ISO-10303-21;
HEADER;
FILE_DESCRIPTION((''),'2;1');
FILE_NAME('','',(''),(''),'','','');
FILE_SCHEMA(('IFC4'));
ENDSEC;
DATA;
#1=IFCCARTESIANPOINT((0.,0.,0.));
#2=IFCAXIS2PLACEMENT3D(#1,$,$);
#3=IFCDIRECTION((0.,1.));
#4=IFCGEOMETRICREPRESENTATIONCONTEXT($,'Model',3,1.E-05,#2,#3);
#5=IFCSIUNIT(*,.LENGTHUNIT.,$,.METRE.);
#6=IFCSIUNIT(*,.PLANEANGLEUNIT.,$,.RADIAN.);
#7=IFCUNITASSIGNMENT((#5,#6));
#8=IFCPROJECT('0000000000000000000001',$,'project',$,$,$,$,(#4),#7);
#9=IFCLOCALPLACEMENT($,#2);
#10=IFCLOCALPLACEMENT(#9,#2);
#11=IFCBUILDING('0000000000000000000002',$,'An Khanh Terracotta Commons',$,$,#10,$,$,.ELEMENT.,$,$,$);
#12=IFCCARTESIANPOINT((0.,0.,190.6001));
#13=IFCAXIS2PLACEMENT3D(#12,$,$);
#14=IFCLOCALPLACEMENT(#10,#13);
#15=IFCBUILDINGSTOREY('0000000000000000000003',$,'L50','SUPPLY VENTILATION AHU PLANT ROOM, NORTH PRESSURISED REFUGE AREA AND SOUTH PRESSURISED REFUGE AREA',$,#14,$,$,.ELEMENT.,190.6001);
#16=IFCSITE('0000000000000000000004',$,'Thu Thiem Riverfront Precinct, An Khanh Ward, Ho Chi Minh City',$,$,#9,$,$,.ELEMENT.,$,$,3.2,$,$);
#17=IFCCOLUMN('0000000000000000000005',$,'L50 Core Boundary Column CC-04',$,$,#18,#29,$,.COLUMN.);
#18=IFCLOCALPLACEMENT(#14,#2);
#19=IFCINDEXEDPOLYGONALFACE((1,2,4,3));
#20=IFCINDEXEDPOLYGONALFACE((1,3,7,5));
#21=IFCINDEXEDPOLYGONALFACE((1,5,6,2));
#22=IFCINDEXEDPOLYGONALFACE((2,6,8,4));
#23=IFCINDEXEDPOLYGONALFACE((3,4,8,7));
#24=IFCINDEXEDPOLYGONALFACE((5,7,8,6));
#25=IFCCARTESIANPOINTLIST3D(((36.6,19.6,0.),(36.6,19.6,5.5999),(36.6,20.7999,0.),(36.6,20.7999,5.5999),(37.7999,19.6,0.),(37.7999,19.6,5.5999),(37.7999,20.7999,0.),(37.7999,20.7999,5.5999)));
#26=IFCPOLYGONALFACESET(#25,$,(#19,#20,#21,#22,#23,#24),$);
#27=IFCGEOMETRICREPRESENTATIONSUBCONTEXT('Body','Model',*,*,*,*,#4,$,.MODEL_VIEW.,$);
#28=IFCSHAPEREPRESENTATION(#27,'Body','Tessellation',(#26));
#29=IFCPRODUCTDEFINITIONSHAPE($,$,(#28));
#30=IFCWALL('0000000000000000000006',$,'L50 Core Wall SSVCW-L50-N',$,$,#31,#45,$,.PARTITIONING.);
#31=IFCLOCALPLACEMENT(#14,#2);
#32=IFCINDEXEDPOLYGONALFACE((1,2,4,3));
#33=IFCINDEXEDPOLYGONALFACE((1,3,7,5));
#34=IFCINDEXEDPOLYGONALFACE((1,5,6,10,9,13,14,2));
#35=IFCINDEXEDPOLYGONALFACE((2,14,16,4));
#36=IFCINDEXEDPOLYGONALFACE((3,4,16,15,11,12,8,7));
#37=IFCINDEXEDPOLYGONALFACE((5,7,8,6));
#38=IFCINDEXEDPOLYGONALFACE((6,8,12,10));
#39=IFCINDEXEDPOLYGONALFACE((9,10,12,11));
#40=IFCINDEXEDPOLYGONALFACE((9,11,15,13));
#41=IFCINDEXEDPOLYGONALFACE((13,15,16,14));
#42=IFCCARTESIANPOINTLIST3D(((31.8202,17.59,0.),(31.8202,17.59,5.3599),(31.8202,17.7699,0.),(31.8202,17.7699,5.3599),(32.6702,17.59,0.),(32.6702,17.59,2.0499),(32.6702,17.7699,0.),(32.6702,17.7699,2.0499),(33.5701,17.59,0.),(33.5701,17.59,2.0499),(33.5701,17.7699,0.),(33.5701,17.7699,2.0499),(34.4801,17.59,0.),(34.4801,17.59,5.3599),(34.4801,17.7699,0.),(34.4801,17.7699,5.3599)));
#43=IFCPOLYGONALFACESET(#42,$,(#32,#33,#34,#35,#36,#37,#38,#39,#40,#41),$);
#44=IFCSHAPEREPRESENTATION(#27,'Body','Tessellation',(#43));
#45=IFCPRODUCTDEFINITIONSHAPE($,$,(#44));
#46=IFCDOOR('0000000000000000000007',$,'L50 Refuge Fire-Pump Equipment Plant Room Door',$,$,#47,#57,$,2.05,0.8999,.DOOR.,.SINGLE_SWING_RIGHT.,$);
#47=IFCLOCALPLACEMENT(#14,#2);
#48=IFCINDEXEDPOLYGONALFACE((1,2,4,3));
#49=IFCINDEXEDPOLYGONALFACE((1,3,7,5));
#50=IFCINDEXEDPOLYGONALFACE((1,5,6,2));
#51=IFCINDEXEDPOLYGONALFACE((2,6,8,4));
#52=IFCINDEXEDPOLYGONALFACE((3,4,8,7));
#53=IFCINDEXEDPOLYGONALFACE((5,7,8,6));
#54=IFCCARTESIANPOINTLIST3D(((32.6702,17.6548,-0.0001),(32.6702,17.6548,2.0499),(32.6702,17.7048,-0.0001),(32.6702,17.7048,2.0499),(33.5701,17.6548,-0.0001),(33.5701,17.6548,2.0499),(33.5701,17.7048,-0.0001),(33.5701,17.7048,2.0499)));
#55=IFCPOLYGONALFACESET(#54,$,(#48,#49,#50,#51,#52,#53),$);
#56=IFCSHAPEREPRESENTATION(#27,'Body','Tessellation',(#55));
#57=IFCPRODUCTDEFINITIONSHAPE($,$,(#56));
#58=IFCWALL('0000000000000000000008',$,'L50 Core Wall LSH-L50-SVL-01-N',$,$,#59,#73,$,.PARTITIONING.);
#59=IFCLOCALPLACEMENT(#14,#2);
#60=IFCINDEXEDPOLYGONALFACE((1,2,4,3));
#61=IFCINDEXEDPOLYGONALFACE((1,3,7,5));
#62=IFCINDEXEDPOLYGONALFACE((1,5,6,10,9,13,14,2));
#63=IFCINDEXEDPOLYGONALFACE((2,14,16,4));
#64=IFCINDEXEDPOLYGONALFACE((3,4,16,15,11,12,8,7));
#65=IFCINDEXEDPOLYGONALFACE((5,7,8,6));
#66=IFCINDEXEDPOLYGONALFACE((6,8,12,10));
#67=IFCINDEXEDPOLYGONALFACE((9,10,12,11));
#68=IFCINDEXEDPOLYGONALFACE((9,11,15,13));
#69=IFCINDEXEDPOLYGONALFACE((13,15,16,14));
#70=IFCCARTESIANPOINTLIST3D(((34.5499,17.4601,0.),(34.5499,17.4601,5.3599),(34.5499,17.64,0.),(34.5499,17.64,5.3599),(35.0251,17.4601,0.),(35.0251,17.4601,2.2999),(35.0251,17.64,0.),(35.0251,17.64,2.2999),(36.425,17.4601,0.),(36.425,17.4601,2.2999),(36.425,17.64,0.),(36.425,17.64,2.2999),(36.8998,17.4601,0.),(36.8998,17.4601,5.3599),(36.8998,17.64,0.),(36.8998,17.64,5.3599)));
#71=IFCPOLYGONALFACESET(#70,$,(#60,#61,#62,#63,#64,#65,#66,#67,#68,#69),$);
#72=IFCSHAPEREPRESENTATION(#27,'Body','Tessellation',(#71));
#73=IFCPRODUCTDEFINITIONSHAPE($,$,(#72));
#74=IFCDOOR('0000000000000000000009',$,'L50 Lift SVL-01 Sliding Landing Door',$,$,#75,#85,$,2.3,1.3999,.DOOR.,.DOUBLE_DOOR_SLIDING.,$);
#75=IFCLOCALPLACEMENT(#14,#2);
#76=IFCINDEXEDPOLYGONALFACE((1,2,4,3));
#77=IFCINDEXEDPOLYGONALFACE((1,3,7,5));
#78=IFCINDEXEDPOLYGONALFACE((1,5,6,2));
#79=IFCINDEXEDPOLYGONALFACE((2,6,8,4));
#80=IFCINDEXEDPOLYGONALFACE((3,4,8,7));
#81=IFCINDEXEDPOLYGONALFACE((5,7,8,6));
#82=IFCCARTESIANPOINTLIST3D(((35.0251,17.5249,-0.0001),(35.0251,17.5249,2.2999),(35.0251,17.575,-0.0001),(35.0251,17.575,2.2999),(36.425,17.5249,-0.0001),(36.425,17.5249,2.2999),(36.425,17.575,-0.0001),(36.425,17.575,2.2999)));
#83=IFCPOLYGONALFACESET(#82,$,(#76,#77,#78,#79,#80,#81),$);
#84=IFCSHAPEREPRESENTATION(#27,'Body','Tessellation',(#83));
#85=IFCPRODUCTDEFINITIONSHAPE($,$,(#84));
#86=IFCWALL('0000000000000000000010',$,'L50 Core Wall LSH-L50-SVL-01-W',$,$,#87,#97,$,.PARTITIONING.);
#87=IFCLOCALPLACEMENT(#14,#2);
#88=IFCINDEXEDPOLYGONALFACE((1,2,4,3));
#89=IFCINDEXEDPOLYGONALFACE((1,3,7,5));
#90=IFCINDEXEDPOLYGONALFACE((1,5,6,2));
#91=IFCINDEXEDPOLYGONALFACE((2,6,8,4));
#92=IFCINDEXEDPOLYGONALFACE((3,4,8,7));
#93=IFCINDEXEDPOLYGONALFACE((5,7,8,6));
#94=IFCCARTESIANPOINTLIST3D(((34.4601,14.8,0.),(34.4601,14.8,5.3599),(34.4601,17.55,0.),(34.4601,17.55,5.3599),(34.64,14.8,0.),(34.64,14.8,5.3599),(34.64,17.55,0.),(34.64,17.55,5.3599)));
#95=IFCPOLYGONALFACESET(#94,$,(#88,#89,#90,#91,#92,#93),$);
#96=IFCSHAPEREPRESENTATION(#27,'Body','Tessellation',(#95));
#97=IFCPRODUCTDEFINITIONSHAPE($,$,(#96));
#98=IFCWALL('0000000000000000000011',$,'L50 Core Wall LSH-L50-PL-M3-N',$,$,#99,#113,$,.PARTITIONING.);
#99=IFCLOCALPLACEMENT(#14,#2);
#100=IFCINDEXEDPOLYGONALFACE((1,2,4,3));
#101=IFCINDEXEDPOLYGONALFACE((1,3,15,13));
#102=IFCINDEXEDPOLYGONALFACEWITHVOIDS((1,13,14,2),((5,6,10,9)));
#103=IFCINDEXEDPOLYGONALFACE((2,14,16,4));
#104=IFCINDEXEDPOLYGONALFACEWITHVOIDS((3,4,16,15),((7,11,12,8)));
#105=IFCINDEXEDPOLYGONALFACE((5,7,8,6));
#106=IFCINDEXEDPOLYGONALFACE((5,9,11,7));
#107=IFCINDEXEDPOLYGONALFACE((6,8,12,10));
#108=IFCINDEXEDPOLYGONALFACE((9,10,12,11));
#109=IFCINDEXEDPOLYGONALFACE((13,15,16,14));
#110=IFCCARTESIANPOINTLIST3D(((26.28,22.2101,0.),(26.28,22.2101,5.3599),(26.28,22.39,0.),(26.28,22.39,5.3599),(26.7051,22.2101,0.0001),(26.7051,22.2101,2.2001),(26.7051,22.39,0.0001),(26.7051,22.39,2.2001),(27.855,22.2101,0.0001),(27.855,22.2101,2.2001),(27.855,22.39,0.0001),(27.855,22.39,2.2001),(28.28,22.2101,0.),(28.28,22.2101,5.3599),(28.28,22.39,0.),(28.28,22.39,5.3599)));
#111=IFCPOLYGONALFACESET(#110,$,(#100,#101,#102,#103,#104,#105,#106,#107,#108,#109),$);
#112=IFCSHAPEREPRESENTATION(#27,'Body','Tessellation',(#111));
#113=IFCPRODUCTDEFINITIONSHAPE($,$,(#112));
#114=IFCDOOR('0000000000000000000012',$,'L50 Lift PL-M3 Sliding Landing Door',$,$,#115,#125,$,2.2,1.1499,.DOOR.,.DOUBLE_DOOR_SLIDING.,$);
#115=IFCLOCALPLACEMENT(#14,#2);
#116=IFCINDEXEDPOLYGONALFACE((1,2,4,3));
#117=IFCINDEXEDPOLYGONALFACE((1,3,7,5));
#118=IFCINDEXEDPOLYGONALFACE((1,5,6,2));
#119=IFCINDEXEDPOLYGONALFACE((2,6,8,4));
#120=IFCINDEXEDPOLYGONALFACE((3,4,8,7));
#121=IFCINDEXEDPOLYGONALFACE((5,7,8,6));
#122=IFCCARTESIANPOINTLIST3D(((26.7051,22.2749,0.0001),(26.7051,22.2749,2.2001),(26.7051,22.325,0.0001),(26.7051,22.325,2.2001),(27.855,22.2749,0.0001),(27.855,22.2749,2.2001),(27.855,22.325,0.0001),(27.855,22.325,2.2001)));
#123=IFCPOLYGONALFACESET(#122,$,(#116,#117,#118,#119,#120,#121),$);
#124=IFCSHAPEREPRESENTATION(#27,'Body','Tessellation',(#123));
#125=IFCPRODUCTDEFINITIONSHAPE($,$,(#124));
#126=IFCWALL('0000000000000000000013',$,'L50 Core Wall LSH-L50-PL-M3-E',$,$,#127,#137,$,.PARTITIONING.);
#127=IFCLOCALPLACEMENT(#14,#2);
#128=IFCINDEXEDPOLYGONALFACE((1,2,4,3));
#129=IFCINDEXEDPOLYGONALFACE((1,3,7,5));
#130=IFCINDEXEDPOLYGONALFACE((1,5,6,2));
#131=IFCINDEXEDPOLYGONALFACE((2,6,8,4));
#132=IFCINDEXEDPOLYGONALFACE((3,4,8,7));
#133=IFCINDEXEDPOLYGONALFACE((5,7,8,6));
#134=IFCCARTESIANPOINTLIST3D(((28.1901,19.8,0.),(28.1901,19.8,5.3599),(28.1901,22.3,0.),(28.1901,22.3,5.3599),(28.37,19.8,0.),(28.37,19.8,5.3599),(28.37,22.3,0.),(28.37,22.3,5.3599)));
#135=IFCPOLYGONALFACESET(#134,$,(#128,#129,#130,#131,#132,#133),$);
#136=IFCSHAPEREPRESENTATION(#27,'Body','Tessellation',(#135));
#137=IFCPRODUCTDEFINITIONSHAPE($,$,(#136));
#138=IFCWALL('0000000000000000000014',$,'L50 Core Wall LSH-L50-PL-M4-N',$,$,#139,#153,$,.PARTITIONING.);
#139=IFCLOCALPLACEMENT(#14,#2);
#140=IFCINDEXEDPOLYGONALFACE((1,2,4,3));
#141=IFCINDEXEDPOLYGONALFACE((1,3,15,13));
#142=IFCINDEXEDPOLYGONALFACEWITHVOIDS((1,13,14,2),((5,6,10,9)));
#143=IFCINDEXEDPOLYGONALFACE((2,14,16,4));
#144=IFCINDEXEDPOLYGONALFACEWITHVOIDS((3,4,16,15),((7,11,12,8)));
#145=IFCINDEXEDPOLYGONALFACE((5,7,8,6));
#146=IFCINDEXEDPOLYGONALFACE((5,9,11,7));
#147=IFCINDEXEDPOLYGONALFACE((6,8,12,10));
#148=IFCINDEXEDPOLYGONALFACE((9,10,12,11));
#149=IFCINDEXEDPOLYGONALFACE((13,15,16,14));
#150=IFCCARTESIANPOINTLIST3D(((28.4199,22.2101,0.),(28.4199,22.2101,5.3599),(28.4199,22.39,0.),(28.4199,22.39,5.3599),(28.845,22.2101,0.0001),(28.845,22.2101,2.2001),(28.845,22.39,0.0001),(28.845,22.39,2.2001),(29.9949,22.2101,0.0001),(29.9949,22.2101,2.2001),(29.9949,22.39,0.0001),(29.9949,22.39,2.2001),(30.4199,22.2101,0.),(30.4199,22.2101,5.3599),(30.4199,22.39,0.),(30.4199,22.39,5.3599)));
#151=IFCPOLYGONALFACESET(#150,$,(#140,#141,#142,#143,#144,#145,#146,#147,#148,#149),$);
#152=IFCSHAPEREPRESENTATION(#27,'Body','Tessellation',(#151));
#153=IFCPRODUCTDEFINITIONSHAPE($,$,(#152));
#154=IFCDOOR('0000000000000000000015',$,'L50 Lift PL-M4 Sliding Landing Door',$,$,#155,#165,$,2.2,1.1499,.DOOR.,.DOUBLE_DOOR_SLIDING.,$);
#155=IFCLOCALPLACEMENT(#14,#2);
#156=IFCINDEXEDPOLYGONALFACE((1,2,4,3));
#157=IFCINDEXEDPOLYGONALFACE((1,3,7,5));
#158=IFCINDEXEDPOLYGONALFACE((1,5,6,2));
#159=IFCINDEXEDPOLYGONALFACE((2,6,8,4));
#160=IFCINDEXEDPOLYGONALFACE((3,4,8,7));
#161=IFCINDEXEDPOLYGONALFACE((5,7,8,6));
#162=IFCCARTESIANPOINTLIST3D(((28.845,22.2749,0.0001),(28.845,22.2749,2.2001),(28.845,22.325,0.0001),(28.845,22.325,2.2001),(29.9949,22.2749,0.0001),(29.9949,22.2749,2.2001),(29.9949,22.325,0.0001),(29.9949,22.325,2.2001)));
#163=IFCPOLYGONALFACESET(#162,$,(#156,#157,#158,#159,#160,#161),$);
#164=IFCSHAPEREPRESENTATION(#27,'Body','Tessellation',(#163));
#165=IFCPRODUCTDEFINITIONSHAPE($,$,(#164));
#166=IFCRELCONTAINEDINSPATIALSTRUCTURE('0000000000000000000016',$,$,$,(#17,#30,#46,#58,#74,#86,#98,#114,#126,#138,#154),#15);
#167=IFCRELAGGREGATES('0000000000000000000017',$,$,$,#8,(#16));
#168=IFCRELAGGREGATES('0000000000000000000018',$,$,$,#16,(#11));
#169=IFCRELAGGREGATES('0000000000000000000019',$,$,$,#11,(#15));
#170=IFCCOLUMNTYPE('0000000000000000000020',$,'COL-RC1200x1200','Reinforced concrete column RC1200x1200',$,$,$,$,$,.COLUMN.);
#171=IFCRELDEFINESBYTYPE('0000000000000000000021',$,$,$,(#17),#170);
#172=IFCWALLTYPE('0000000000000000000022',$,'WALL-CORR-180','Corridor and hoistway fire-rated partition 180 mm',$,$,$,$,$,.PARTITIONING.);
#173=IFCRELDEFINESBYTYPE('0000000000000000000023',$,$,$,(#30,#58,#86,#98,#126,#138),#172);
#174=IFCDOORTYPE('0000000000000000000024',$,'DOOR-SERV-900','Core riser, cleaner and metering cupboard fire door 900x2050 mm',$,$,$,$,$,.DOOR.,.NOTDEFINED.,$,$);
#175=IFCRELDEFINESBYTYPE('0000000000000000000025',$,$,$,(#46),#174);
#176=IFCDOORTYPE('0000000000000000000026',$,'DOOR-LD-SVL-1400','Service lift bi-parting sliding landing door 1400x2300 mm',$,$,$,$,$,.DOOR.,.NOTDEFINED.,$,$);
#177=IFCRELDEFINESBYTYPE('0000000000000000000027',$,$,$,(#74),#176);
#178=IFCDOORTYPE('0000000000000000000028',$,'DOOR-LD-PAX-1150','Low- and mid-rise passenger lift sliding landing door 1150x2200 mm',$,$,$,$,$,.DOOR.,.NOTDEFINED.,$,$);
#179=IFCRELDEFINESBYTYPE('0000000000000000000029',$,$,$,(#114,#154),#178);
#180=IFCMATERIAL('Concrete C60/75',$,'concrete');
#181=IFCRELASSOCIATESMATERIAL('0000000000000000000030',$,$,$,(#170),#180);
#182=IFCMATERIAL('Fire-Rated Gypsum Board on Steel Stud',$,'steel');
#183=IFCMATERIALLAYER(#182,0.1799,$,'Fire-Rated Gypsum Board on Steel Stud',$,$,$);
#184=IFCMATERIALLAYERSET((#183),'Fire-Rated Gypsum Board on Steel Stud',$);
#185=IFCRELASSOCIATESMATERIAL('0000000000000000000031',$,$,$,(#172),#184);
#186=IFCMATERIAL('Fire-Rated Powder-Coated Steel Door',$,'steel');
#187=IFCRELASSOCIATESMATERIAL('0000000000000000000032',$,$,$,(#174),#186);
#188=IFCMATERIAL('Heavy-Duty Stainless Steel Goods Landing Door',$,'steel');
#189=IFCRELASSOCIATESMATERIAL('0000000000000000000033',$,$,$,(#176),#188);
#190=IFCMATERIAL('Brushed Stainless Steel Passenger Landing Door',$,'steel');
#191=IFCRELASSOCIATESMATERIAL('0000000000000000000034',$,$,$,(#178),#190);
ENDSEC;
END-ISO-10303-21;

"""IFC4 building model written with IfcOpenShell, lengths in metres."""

from ifc_helpers import new_model, si_unit, direction, frame, frame_2d, origin, origin_2d, place, context, subcontext, project, spatial, rectangle, extrude, material, layer, layer_set, material_profile, profile_set, type_object, element, fill, save


model = new_model("IFC4")

# Units and contexts
model_context = context("Model", 3, precision=1e-05, world=origin(), true_north=direction((0.0, 1.0)))
body_context = subcontext(model_context, "Body", "Model", "MODEL_VIEW")
ifc_project = project(units=[si_unit("LENGTHUNIT", "METRE"), si_unit("PLANEANGLEUNIT", "RADIAN")], contexts=[model_context])

# Site, building, storey
site_placement = place(None, origin())
site = spatial("IfcSite", under=ifc_project, at=site_placement, Name="Thu Thiem Riverfront Precinct, An Khanh Ward, Ho Chi Minh City", CompositionType="ELEMENT", RefElevation=3.2)
building_placement = place(site_placement, origin())
building = spatial("IfcBuilding", under=site, at=building_placement, Name="An Khanh Terracotta Commons", CompositionType="ELEMENT")
storey_placement = place(building_placement, frame((0.0, 0.0, 190.6001)))
storey = spatial("IfcBuildingStorey", under=building, at=storey_placement, Name="L50", Description="SUPPLY VENTILATION AHU PLANT ROOM, NORTH PRESSURISED REFUGE AREA AND SOUTH PRESSURISED REFUGE AREA", CompositionType="ELEMENT", Elevation=190.6001)

# Column
ifc_material_1 = material(Name="Concrete C60/75", Category="concrete")
ifc_material_profile = material_profile(ifc_material_1, rectangle(XDim=1.2, YDim=1.2, at=origin_2d()), Name="RC1200x1200")
ifc_profile_set = profile_set([ifc_material_profile], Name="Concrete C60/75")
column_type = type_object("IfcColumnType", Name="COL-RC1200x1200", Description="Reinforced concrete column RC1200x1200", PredefinedType="COLUMN", material=ifc_profile_set)
column_placement = place(storey_placement, frame((37.2, 20.2, 0.0), z_axis=(0.0, 0.0, 1.0), x_axis=(1.0, 0.0, 0.0)))
element("IfcColumn", 1, at=column_placement, inside=storey, type_object=column_type, Name="L50 Core Boundary Column CC-04", PredefinedType="COLUMN", context=body_context, shape_type="SweptSolid", body=[
    extrude(rectangle(XDim=1.2, YDim=1.2, at=origin_2d()), origin(), (0.0, 0.0, 1.0), 5.5999),
])

# Walls, openings, doors
ifc_material_2 = material(Name="Fire-Rated Gypsum Board on Steel Stud", Category="steel")
ifc_layer_1 = layer(ifc_material_2, 0.1799, Name="Fire-Rated Gypsum Board on Steel Stud")
ifc_layer_set_1 = layer_set([ifc_layer_1], Name="Fire-Rated Gypsum Board on Steel Stud")
wall_type_1 = type_object("IfcWallType", Name="WALL-CORR-180", Description="Corridor and hoistway fire-rated partition 180 mm", PredefinedType="PARTITIONING", material=ifc_layer_set_1)
wall_1_placement = place(storey_placement, frame((31.8201, 17.6799, 0.0), z_axis=(0.0, 0.0, 1.0), x_axis=(1.0, 0.0, 0.0)))
wall_1 = element("IfcWall", 2, at=wall_1_placement, inside=storey, type_object=wall_type_1, Name="L50 Core Wall SSVCW-L50-N", PredefinedType="PARTITIONING", context=body_context, shape_type="SweptSolid", body=[
    extrude(rectangle(XDim=2.6599, YDim=0.1799, at=frame_2d((1.3301, 0.0))), origin(), (0.0, 0.0, 1.0), 5.3599),
])
opening_1_placement = place(wall_1_placement, frame((0.8501, 0.0, 0.0)))
opening_1 = element("IfcOpeningElement", 3, at=opening_1_placement, cuts=wall_1, PredefinedType="OPENING", context=body_context, shape_type="SweptSolid", body=[
    extrude(rectangle(XDim=0.8999, YDim=2.05, at=frame_2d((0.45, 1.0249))), frame((0.0, 0.0999, 0.0), z_axis=(0.0, -1.0, 0.0), x_axis=(1.0, 0.0, 0.0)), (0.0, 0.0, 1.0), 0.2),
])
ifc_material_3 = material(Name="Fire-Rated Powder-Coated Steel Door", Category="steel")
door_type_1 = type_object("IfcDoorType", Name="DOOR-SERV-900", Description="Core riser, cleaner and metering cupboard fire door 900x2050 mm", OperationType="NOTDEFINED", PredefinedType="DOOR", material=ifc_material_3)
door_1_placement = place(opening_1_placement, origin())
door_1 = element("IfcDoor", 4, at=door_1_placement, inside=storey, type_object=door_type_1, Name="L50 Refuge Fire-Pump Equipment Plant Room Door", OperationType="SINGLE_SWING_RIGHT", OverallHeight=2.05, OverallWidth=0.8999, PredefinedType="DOOR", context=body_context, shape_type="SweptSolid", body=[
    extrude(rectangle(XDim=0.8999, YDim=2.05, at=frame_2d((0.45, 1.0249))), frame((0.0, 0.0249, 0.0), z_axis=(0.0, -1.0, 0.0), x_axis=(1.0, 0.0, 0.0)), (0.0, 0.0, 1.0), 0.05),
])
fill(opening_1, door_1)
wall_2_placement = place(storey_placement, frame((34.55, 17.55, 0.0), z_axis=(0.0, 0.0, 1.0), x_axis=(1.0, 0.0, 0.0)))
wall_2 = element("IfcWall", 5, at=wall_2_placement, inside=storey, type_object=wall_type_1, Name="L50 Core Wall LSH-L50-SVL-01-N", PredefinedType="PARTITIONING", context=body_context, shape_type="SweptSolid", body=[
    extrude(rectangle(XDim=2.3499, YDim=0.1799, at=frame_2d((1.1748, 0.0))), origin(), (0.0, 0.0, 1.0), 5.3599),
])
opening_2_placement = place(wall_2_placement, frame((0.4751, 0.0, 0.0)))
opening_2 = element("IfcOpeningElement", 6, at=opening_2_placement, cuts=wall_2, PredefinedType="OPENING", context=body_context, shape_type="SweptSolid", body=[
    extrude(rectangle(XDim=1.3999, YDim=2.3, at=frame_2d((0.7, 1.1499))), frame((0.0, 0.0999, 0.0), z_axis=(0.0, -1.0, 0.0), x_axis=(1.0, 0.0, 0.0)), (0.0, 0.0, 1.0), 0.2),
])
ifc_material_4 = material(Name="Heavy-Duty Stainless Steel Goods Landing Door", Category="steel")
door_type_2 = type_object("IfcDoorType", Name="DOOR-LD-SVL-1400", Description="Service lift bi-parting sliding landing door 1400x2300 mm", OperationType="NOTDEFINED", PredefinedType="DOOR", material=ifc_material_4)
door_2_placement = place(opening_2_placement, origin())
door_2 = element("IfcDoor", 7, at=door_2_placement, inside=storey, type_object=door_type_2, Name="L50 Lift SVL-01 Sliding Landing Door", OperationType="DOUBLE_DOOR_SLIDING", OverallHeight=2.3, OverallWidth=1.3999, PredefinedType="DOOR", context=body_context, shape_type="SweptSolid", body=[
    extrude(rectangle(XDim=1.3999, YDim=2.3, at=frame_2d((0.7, 1.1499))), frame((0.0, 0.0249, 0.0), z_axis=(0.0, -1.0, 0.0), x_axis=(1.0, 0.0, 0.0)), (0.0, 0.0, 1.0), 0.05),
])
fill(opening_2, door_2)

# Wall
wall_3_placement = place(storey_placement, frame((34.55, 17.55, 0.0), z_axis=(0.0, 0.0, 1.0), x_axis=(0.0, -1.0, 0.0)))
element("IfcWall", 8, at=wall_3_placement, inside=storey, type_object=wall_type_1, Name="L50 Core Wall LSH-L50-SVL-01-W", PredefinedType="PARTITIONING", context=body_context, shape_type="SweptSolid", body=[
    extrude(rectangle(XDim=2.75, YDim=0.1799, at=frame_2d((1.375, 0.0))), origin(), (0.0, 0.0, 1.0), 5.3599),
])

# Wall, opening, door
wall_4_placement = place(storey_placement, frame((26.28, 22.3, 0.0), z_axis=(0.0, 0.0, 1.0), x_axis=(1.0, 0.0, 0.0)))
wall_4 = element("IfcWall", 9, at=wall_4_placement, inside=storey, type_object=wall_type_1, Name="L50 Core Wall LSH-L50-PL-M3-N", PredefinedType="PARTITIONING", context=body_context, shape_type="SweptSolid", body=[
    extrude(rectangle(XDim=2.0, YDim=0.1799, at=frame_2d((1.0, 0.0))), origin(), (0.0, 0.0, 1.0), 5.3599),
])
opening_3_placement = place(wall_4_placement, frame((0.425, 0.0, 0.0)))
opening_3 = element("IfcOpeningElement", 10, at=opening_3_placement, cuts=wall_4, PredefinedType="OPENING", context=body_context, shape_type="SweptSolid", body=[
    extrude(rectangle(XDim=1.1499, YDim=2.2, at=frame_2d((0.575, 1.1001))), frame((0.0, 0.0999, 0.0), z_axis=(0.0, -1.0, 0.0), x_axis=(1.0, 0.0, 0.0)), (0.0, 0.0, 1.0), 0.2),
])
ifc_material_5 = material(Name="Brushed Stainless Steel Passenger Landing Door", Category="steel")
door_type_3 = type_object("IfcDoorType", Name="DOOR-LD-PAX-1150", Description="Low- and mid-rise passenger lift sliding landing door 1150x2200 mm", OperationType="NOTDEFINED", PredefinedType="DOOR", material=ifc_material_5)
door_3_placement = place(opening_3_placement, origin())
door_3 = element("IfcDoor", 11, at=door_3_placement, inside=storey, type_object=door_type_3, Name="L50 Lift PL-M3 Sliding Landing Door", OperationType="DOUBLE_DOOR_SLIDING", OverallHeight=2.2, OverallWidth=1.1499, PredefinedType="DOOR", context=body_context, shape_type="SweptSolid", body=[
    extrude(rectangle(XDim=1.1499, YDim=2.2, at=frame_2d((0.575, 1.1001))), frame((0.0, 0.0249, 0.0), z_axis=(0.0, -1.0, 0.0), x_axis=(1.0, 0.0, 0.0)), (0.0, 0.0, 1.0), 0.05),
])
fill(opening_3, door_3)

# Wall
wall_5_placement = place(storey_placement, frame((28.28, 19.8, 0.0), z_axis=(0.0, 0.0, 1.0), x_axis=(0.0, 1.0, 0.0)))
element("IfcWall", 12, at=wall_5_placement, inside=storey, type_object=wall_type_1, Name="L50 Core Wall LSH-L50-PL-M3-E", PredefinedType="PARTITIONING", context=body_context, shape_type="SweptSolid", body=[
    extrude(rectangle(XDim=2.5, YDim=0.1799, at=frame_2d((1.25, 0.0))), origin(), (0.0, 0.0, 1.0), 5.3599),
])

# Wall, opening, door
wall_6_placement = place(storey_placement, frame((28.4199, 22.3, 0.0), z_axis=(0.0, 0.0, 1.0), x_axis=(1.0, 0.0, 0.0)))
wall_6 = element("IfcWall", 13, at=wall_6_placement, inside=storey, type_object=wall_type_1, Name="L50 Core Wall LSH-L50-PL-M4-N", PredefinedType="PARTITIONING", context=body_context, shape_type="SweptSolid", body=[
    extrude(rectangle(XDim=2.0, YDim=0.1799, at=frame_2d((1.0, 0.0))), origin(), (0.0, 0.0, 1.0), 5.3599),
])
opening_4_placement = place(wall_6_placement, frame((0.425, 0.0, 0.0)))
opening_4 = element("IfcOpeningElement", 14, at=opening_4_placement, cuts=wall_6, PredefinedType="OPENING", context=body_context, shape_type="SweptSolid", body=[
    extrude(rectangle(XDim=1.1499, YDim=2.2, at=frame_2d((0.575, 1.1001))), frame((0.0, 0.0999, 0.0), z_axis=(0.0, -1.0, 0.0), x_axis=(1.0, 0.0, 0.0)), (0.0, 0.0, 1.0), 0.2),
])
door_4_placement = place(opening_4_placement, origin())
door_4 = element("IfcDoor", 15, at=door_4_placement, inside=storey, type_object=door_type_3, Name="L50 Lift PL-M4 Sliding Landing Door", OperationType="DOUBLE_DOOR_SLIDING", OverallHeight=2.2, OverallWidth=1.1499, PredefinedType="DOOR", context=body_context, shape_type="SweptSolid", body=[
    extrude(rectangle(XDim=1.1499, YDim=2.2, at=frame_2d((0.575, 1.1001))), frame((0.0, 0.0249, 0.0), z_axis=(0.0, -1.0, 0.0), x_axis=(1.0, 0.0, 0.0)), (0.0, 0.0, 1.0), 0.05),
])
fill(opening_4, door_4)

save(model, "model.ifc")
